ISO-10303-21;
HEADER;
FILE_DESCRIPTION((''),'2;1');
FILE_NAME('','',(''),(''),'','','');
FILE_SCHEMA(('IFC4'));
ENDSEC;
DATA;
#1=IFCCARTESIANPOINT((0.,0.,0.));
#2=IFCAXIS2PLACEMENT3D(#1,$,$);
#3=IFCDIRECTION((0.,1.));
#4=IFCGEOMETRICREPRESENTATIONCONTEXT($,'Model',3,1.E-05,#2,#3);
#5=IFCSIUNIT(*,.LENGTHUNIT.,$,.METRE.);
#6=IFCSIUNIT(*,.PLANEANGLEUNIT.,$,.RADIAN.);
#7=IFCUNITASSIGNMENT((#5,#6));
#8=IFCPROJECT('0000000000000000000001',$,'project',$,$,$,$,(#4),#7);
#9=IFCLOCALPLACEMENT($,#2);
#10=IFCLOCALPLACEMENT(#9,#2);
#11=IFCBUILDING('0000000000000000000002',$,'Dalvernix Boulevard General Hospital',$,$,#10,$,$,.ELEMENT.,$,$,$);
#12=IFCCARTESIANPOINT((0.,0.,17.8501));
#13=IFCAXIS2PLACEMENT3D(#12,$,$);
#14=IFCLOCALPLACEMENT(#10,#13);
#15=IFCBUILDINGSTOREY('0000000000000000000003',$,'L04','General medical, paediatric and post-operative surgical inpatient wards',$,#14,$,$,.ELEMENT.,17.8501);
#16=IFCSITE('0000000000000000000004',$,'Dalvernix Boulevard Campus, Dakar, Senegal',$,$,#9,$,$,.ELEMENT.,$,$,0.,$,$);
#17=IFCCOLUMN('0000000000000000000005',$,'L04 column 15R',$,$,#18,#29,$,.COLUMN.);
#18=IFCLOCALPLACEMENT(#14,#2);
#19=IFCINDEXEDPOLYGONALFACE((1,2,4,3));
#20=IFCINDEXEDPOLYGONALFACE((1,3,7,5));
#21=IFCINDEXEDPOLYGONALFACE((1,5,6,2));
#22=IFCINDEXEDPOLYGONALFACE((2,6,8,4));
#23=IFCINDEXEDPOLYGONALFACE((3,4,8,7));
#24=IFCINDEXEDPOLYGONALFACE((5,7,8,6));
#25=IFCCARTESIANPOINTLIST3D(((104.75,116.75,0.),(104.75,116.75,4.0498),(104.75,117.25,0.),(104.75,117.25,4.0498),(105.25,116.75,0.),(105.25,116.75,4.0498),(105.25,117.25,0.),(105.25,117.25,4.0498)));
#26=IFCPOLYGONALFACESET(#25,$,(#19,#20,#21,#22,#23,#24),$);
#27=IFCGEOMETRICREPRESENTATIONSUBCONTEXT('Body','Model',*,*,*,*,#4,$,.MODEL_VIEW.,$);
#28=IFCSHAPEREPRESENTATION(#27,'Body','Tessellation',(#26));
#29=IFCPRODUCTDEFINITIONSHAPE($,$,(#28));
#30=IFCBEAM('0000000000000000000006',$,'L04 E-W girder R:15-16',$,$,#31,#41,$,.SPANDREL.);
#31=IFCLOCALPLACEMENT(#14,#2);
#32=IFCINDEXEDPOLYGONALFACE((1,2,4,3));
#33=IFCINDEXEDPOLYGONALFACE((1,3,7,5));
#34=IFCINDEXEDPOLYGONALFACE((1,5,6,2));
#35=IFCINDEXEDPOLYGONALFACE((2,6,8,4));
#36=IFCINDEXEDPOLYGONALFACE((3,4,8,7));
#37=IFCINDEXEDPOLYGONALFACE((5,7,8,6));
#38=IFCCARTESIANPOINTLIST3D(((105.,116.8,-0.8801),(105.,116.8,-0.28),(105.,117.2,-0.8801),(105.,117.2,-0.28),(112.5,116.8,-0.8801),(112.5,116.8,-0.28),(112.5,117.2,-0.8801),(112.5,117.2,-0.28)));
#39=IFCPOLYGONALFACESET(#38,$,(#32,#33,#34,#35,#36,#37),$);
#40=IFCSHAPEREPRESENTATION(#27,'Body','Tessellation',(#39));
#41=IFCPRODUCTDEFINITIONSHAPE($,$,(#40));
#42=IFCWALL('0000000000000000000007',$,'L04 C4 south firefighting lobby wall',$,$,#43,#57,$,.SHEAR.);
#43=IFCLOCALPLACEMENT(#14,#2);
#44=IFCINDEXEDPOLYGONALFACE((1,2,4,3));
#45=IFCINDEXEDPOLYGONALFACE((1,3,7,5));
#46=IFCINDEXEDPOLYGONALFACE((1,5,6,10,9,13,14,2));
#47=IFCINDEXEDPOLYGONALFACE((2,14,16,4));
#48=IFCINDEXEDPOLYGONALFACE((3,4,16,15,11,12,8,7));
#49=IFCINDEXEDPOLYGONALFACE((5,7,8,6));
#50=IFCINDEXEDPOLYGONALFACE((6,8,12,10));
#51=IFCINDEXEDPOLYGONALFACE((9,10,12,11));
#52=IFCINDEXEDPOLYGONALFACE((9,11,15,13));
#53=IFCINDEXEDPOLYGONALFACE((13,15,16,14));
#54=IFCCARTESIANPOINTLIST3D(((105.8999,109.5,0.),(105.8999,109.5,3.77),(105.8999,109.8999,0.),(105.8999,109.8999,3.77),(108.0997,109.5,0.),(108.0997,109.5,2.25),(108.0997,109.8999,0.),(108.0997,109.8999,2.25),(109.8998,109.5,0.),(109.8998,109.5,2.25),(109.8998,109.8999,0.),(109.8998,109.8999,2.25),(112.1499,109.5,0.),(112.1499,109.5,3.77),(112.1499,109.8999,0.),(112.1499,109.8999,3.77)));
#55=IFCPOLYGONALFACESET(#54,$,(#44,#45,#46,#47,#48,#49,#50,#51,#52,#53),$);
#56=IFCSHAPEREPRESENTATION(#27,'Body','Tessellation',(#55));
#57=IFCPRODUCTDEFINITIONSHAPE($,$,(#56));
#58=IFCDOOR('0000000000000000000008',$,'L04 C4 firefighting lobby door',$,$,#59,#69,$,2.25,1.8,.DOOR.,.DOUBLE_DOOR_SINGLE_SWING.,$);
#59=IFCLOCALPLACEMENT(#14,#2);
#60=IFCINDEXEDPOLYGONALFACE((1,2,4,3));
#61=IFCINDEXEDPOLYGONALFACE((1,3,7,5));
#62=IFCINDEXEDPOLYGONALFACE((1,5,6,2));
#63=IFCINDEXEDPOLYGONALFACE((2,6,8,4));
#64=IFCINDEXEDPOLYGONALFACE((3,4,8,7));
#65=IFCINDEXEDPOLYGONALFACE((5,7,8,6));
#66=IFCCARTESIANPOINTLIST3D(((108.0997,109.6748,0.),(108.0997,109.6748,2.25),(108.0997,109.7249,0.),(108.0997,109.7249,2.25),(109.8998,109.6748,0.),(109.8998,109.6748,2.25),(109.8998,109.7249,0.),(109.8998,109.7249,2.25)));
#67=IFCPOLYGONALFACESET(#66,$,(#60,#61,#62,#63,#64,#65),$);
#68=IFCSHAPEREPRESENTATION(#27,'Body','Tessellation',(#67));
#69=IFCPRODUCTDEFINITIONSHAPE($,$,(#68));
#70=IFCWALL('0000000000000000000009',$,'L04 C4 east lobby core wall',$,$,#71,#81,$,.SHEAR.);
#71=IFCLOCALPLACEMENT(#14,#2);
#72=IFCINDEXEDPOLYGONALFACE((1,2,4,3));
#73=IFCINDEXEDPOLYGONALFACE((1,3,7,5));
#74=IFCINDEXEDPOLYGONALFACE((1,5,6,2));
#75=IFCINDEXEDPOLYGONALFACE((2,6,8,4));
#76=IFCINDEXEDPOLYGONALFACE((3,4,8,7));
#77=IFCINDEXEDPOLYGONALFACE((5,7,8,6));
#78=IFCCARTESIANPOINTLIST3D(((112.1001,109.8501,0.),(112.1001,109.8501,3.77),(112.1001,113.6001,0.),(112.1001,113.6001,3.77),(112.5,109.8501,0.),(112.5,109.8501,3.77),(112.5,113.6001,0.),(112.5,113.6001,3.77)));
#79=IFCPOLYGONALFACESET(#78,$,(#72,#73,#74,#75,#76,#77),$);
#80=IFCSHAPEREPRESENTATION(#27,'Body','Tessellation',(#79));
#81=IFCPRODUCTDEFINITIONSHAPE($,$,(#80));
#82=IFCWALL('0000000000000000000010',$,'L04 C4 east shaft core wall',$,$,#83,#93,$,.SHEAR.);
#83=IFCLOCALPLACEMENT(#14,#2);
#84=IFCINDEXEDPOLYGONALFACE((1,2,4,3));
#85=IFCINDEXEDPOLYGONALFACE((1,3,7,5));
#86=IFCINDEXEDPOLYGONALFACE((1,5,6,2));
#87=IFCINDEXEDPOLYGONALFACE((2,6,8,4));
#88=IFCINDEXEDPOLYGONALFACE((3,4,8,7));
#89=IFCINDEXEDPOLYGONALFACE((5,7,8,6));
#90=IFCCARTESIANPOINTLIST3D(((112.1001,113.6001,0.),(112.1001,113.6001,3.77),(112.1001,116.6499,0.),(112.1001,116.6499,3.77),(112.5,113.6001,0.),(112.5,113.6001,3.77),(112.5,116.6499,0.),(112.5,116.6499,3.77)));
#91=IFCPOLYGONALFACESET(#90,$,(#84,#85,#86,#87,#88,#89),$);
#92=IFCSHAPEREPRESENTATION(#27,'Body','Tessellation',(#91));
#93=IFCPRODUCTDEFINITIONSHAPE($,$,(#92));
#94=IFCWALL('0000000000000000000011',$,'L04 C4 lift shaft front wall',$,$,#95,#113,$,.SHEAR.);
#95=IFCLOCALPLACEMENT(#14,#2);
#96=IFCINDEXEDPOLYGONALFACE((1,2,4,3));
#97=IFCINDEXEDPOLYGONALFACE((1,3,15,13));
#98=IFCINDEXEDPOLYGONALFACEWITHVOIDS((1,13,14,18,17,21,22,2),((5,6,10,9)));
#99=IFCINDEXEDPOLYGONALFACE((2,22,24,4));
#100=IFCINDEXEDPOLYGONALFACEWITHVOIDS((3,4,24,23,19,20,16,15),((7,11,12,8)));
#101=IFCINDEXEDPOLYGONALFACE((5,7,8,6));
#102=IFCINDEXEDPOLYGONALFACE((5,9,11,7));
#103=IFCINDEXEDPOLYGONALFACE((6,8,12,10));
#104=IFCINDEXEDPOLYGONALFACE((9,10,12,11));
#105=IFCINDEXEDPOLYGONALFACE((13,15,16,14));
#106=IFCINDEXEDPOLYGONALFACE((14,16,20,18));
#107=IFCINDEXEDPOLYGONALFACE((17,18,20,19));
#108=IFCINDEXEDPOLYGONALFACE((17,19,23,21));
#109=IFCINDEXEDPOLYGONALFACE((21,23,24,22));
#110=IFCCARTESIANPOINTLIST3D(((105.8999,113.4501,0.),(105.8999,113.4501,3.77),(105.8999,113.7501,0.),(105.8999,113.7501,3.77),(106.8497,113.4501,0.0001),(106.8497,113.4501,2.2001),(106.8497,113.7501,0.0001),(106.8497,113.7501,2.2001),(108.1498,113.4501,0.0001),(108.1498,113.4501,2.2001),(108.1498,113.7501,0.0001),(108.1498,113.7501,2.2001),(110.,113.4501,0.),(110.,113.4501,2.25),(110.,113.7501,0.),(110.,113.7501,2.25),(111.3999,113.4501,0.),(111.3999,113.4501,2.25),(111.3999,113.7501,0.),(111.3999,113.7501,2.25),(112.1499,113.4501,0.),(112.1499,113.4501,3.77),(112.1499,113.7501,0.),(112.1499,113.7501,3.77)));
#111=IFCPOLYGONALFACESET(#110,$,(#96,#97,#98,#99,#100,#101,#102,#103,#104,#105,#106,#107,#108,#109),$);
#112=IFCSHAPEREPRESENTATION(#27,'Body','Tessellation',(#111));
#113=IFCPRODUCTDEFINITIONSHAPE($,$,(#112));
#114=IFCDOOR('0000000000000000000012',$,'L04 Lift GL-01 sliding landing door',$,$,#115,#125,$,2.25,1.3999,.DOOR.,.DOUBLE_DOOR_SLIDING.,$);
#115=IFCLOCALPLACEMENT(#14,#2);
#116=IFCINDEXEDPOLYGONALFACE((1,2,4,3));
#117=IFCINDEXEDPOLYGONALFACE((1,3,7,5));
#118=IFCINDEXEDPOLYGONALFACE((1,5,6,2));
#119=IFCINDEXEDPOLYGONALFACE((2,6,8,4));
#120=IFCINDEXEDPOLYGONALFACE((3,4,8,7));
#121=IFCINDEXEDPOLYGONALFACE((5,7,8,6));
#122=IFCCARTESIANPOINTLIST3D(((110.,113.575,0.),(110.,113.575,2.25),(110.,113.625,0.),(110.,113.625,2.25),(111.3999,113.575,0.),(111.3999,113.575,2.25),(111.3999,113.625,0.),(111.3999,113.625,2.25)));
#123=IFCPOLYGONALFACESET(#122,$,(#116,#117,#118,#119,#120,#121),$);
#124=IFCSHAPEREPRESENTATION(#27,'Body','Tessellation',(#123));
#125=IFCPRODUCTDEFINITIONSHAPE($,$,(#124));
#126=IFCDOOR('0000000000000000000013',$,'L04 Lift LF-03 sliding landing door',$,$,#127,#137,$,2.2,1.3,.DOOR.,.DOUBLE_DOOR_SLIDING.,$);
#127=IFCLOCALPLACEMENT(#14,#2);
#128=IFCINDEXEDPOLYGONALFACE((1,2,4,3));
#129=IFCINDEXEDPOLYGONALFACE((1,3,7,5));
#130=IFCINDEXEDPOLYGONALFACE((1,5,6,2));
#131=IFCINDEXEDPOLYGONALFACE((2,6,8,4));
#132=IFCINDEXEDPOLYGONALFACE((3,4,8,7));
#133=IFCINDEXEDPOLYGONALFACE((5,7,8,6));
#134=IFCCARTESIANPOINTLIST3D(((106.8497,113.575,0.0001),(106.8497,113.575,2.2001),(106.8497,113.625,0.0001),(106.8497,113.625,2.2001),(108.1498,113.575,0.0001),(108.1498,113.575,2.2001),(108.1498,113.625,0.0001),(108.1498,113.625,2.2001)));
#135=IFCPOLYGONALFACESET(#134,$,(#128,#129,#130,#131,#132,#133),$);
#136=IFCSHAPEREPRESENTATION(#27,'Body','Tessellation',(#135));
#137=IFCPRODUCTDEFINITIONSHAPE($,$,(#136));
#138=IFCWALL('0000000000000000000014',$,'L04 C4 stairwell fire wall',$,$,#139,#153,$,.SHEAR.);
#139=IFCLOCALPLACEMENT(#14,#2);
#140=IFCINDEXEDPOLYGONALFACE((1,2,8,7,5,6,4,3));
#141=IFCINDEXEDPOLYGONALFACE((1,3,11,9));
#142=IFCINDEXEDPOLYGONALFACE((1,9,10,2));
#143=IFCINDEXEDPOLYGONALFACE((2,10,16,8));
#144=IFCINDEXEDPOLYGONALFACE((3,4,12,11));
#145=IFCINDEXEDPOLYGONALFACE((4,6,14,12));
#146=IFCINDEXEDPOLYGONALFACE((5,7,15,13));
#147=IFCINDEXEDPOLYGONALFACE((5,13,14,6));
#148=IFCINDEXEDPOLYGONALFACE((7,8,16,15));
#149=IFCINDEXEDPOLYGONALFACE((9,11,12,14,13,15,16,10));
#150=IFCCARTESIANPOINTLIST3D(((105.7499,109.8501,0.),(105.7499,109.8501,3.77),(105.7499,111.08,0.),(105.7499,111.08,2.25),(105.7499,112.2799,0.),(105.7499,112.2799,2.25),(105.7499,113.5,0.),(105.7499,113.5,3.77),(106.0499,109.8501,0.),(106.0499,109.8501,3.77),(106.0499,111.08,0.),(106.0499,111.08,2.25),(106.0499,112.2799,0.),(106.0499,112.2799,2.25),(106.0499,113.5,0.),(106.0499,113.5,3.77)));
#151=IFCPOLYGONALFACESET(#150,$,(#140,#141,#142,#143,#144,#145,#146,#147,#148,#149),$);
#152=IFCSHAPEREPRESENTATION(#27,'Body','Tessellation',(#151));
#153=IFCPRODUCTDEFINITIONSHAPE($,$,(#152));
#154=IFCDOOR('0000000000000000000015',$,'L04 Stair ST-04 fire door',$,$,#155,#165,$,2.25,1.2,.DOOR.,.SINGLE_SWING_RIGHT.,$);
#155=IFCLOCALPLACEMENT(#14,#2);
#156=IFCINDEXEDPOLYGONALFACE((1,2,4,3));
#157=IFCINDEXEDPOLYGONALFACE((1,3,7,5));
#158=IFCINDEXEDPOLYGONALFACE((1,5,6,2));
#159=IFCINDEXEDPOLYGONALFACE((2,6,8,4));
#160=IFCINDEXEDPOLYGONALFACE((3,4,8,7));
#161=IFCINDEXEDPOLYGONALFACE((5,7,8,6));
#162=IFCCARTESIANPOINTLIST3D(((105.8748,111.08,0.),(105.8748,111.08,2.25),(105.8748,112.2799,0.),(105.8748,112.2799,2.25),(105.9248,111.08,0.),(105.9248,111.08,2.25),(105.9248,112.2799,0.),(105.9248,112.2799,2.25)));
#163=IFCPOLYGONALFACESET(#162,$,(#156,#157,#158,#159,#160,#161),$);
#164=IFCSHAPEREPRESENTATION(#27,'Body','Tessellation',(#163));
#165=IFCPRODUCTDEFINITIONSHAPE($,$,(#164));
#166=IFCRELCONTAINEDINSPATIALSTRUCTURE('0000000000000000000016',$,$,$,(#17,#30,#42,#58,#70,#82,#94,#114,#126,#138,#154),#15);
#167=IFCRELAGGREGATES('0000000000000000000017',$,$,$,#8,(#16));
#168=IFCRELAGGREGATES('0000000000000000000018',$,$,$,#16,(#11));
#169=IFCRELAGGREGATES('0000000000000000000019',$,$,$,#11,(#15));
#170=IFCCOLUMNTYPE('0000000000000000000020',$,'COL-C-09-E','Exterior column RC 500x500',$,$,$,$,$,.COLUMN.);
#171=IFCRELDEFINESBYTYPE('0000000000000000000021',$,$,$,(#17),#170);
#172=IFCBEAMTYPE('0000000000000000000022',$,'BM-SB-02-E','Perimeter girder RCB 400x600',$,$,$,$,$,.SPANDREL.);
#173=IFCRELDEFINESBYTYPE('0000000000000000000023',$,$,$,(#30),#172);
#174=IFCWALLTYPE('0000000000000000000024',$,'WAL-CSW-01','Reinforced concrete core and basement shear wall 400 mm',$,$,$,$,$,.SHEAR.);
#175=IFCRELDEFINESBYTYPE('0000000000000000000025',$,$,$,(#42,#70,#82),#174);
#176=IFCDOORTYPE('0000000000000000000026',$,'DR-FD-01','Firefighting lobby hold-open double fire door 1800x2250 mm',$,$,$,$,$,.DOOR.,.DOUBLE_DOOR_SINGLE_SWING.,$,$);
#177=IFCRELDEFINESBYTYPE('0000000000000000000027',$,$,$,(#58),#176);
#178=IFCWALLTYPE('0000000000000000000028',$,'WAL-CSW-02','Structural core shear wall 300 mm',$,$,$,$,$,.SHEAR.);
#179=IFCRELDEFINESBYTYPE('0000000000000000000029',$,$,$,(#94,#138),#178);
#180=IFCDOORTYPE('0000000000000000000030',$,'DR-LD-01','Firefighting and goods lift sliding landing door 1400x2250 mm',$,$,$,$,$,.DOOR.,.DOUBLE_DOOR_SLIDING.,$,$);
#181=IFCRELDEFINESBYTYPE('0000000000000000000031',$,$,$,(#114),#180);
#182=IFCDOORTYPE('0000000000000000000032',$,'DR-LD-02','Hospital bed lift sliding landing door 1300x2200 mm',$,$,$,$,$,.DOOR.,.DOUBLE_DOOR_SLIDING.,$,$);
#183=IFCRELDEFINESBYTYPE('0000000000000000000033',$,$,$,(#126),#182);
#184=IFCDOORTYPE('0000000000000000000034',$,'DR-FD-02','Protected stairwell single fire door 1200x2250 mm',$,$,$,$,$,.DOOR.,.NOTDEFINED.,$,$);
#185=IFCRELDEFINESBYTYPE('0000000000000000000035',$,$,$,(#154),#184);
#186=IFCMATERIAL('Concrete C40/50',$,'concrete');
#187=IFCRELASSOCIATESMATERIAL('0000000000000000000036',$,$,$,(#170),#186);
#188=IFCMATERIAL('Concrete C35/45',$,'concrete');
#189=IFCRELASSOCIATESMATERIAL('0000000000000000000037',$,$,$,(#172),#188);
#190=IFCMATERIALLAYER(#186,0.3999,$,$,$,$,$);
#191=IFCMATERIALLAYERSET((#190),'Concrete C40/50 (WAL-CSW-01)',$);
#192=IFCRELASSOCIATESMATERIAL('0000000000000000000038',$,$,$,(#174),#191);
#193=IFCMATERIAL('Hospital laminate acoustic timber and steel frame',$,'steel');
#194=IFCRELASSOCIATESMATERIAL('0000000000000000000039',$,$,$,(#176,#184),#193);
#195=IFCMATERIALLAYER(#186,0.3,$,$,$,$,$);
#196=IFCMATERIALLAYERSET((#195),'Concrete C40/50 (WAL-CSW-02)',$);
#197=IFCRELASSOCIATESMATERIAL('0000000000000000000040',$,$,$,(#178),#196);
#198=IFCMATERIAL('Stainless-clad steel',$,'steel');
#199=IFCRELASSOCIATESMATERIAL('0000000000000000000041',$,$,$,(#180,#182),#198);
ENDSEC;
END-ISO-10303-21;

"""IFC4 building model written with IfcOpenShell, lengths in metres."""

from ifc_helpers import new_model, si_unit, direction, frame, frame_2d, origin, origin_2d, place, context, subcontext, project, spatial, rectangle, extrude, material, layer, layer_set, material_profile, profile_set, type_object, element, fill, save


model = new_model("IFC4")

# Units and contexts
model_context = context("Model", 3, precision=1e-05, world=origin(), true_north=direction((0.0, 1.0)))
body_context = subcontext(model_context, "Body", "Model", "MODEL_VIEW")
ifc_project = project(units=[si_unit("LENGTHUNIT", "METRE"), si_unit("PLANEANGLEUNIT", "RADIAN")], contexts=[model_context])

# Site, building, storey
site_placement = place(None, origin())
site = spatial("IfcSite", under=ifc_project, at=site_placement, Name="Dalvernix Boulevard Campus, Dakar, Senegal", CompositionType="ELEMENT", RefElevation=0.0)
building_placement = place(site_placement, origin())
building = spatial("IfcBuilding", under=site, at=building_placement, Name="Dalvernix Boulevard General Hospital", CompositionType="ELEMENT")
storey_placement = place(building_placement, frame((0.0, 0.0, 17.8501)))
storey = spatial("IfcBuildingStorey", under=building, at=storey_placement, Name="L04", Description="General medical, paediatric and post-operative surgical inpatient wards", CompositionType="ELEMENT", Elevation=17.8501)

# Column
ifc_material_1 = material(Name="Concrete C40/50", Category="concrete")
ifc_material_profile_1 = material_profile(ifc_material_1, rectangle(XDim=0.5, YDim=0.5, at=origin_2d()), Name="RC 500x500")
ifc_profile_set_1 = profile_set([ifc_material_profile_1], Name="Concrete C40/50")
column_type = type_object("IfcColumnType", Name="COL-C-09-E", Description="Exterior column RC 500x500", PredefinedType="COLUMN", material=ifc_profile_set_1)
column_placement = place(storey_placement, frame((105.0, 117.0, 0.0), z_axis=(0.0, 0.0, 1.0), x_axis=(1.0, 0.0, 0.0)))
element("IfcColumn", 1, at=column_placement, inside=storey, type_object=column_type, Name="L04 column 15R", PredefinedType="COLUMN", context=body_context, shape_type="SweptSolid", body=[
    extrude(rectangle(XDim=0.5, YDim=0.5, at=origin_2d()), origin(), (0.0, 0.0, 1.0), 4.0498),
])

# Beam
ifc_material_2 = material(Name="Concrete C35/45", Category="concrete")
ifc_material_profile_2 = material_profile(ifc_material_2, rectangle(XDim=0.3999, YDim=0.6001, at=origin_2d()), Name="RCB 400x600")
ifc_profile_set_2 = profile_set([ifc_material_profile_2], Name="Concrete C35/45")
beam_type = type_object("IfcBeamType", Name="BM-SB-02-E", Description="Perimeter girder RCB 400x600", PredefinedType="SPANDREL", material=ifc_profile_set_2)
beam_placement = place(storey_placement, frame((105.0, 117.0, -0.5801), z_axis=(1.0, 0.0, 0.0), x_axis=(0.0, 1.0, 0.0)))
element("IfcBeam", 2, at=beam_placement, inside=storey, type_object=beam_type, Name="L04 E-W girder R:15-16", PredefinedType="SPANDREL", context=body_context, shape_type="SweptSolid", body=[
    extrude(rectangle(XDim=0.3999, YDim=0.6001, at=origin_2d()), origin(), (0.0, 0.0, 1.0), 7.5),
])

# Wall, opening, door
ifc_layer_1 = layer(ifc_material_1, 0.3999)
ifc_layer_set_1 = layer_set([ifc_layer_1], Name="Concrete C40/50 (WAL-CSW-01)")
wall_type_1 = type_object("IfcWallType", Name="WAL-CSW-01", Description="Reinforced concrete core and basement shear wall 400 mm", PredefinedType="SHEAR", material=ifc_layer_set_1)
wall_1_placement = place(storey_placement, frame((105.8999, 109.7, 0.0), z_axis=(0.0, 0.0, 1.0), x_axis=(1.0, 0.0, 0.0)))
wall_1 = element("IfcWall", 3, at=wall_1_placement, inside=storey, type_object=wall_type_1, Name="L04 C4 south firefighting lobby wall", PredefinedType="SHEAR", context=body_context, shape_type="SweptSolid", body=[
    extrude(rectangle(XDim=6.25, YDim=0.3999, at=frame_2d((3.125, 0.0))), origin(), (0.0, 0.0, 1.0), 3.77),
])
opening_1_placement = place(wall_1_placement, frame((2.2, 0.0, 0.0)))
opening_1 = element("IfcOpeningElement", 4, at=opening_1_placement, cuts=wall_1, PredefinedType="OPENING", context=body_context, shape_type="SweptSolid", body=[
    extrude(rectangle(XDim=1.8, YDim=2.25, at=frame_2d((0.8999, 1.125))), frame((0.0, 0.21, 0.0), z_axis=(0.0, -1.0, 0.0), x_axis=(1.0, 0.0, 0.0)), (0.0, 0.0, 1.0), 0.4199),
])
ifc_material_3 = material(Name="Hospital laminate acoustic timber and steel frame", Category="steel")
door_type_1 = type_object("IfcDoorType", Name="DR-FD-01", Description="Firefighting lobby hold-open double fire door 1800x2250 mm", OperationType="DOUBLE_DOOR_SINGLE_SWING", PredefinedType="DOOR", material=ifc_material_3)
door_1_placement = place(opening_1_placement, origin())
door_1 = element("IfcDoor", 5, at=door_1_placement, inside=storey, type_object=door_type_1, Name="L04 C4 firefighting lobby door", OperationType="DOUBLE_DOOR_SINGLE_SWING", OverallHeight=2.25, OverallWidth=1.8, PredefinedType="DOOR", context=body_context, shape_type="SweptSolid", body=[
    extrude(rectangle(XDim=1.8, YDim=2.25, at=frame_2d((0.8999, 1.125))), frame((0.0, 0.0249, 0.0), z_axis=(0.0, -1.0, 0.0), x_axis=(1.0, 0.0, 0.0)), (0.0, 0.0, 1.0), 0.05),
])
fill(opening_1, door_1)

# Walls
wall_2_placement = place(storey_placement, frame((112.3, 109.8501, 0.0), z_axis=(0.0, 0.0, 1.0), x_axis=(0.0, 1.0, 0.0)))
element("IfcWall", 6, at=wall_2_placement, inside=storey, type_object=wall_type_1, Name="L04 C4 east lobby core wall", PredefinedType="SHEAR", context=body_context, shape_type="SweptSolid", body=[
    extrude(rectangle(XDim=3.75, YDim=0.3999, at=frame_2d((1.875, 0.0))), origin(), (0.0, 0.0, 1.0), 3.77),
])
wall_3_placement = place(storey_placement, frame((112.3, 113.6001, 0.0), z_axis=(0.0, 0.0, 1.0), x_axis=(0.0, 1.0, 0.0)))
element("IfcWall", 7, at=wall_3_placement, inside=storey, type_object=wall_type_1, Name="L04 C4 east shaft core wall", PredefinedType="SHEAR", context=body_context, shape_type="SweptSolid", body=[
    extrude(rectangle(XDim=3.0498, YDim=0.3999, at=frame_2d((1.5249, 0.0))), origin(), (0.0, 0.0, 1.0), 3.77),
])

# Wall, openings, doors
ifc_layer_2 = layer(ifc_material_1, 0.3)
ifc_layer_set_2 = layer_set([ifc_layer_2], Name="Concrete C40/50 (WAL-CSW-02)")
wall_type_2 = type_object("IfcWallType", Name="WAL-CSW-02", Description="Structural core shear wall 300 mm", PredefinedType="SHEAR", material=ifc_layer_set_2)
wall_4_placement = place(storey_placement, frame((105.8999, 113.6001, 0.0), z_axis=(0.0, 0.0, 1.0), x_axis=(1.0, 0.0, 0.0)))
wall_4 = element("IfcWall", 8, at=wall_4_placement, inside=storey, type_object=wall_type_2, Name="L04 C4 lift shaft front wall", PredefinedType="SHEAR", context=body_context, shape_type="SweptSolid", body=[
    extrude(rectangle(XDim=6.25, YDim=0.3, at=frame_2d((3.125, 0.0))), origin(), (0.0, 0.0, 1.0), 3.77),
])
opening_2_placement = place(wall_4_placement, frame((0.95, 0.0, 0.0)))
opening_2 = element("IfcOpeningElement", 9, at=opening_2_placement, cuts=wall_4, PredefinedType="OPENING", context=body_context, shape_type="SweptSolid", body=[
    extrude(rectangle(XDim=1.3, YDim=2.2, at=frame_2d((0.6499, 1.1001))), frame((0.0, 0.1599, 0.0), z_axis=(0.0, -1.0, 0.0), x_axis=(1.0, 0.0, 0.0)), (0.0, 0.0, 1.0), 0.3201),
])
opening_3_placement = place(wall_4_placement, frame((4.1001, 0.0, 0.0)))
opening_3 = element("IfcOpeningElement", 10, at=opening_3_placement, cuts=wall_4, PredefinedType="OPENING", context=body_context, shape_type="SweptSolid", body=[
    extrude(rectangle(XDim=1.3999, YDim=2.25, at=frame_2d((0.7, 1.125))), frame((0.0, 0.1599, 0.0), z_axis=(0.0, -1.0, 0.0), x_axis=(1.0, 0.0, 0.0)), (0.0, 0.0, 1.0), 0.3201),
])
ifc_material_4 = material(Name="Stainless-clad steel", Category="steel")
door_type_2 = type_object("IfcDoorType", Name="DR-LD-01", Description="Firefighting and goods lift sliding landing door 1400x2250 mm", OperationType="DOUBLE_DOOR_SLIDING", PredefinedType="DOOR", material=ifc_material_4)
door_2_placement = place(opening_3_placement, origin())
door_2 = element("IfcDoor", 11, at=door_2_placement, inside=storey, type_object=door_type_2, Name="L04 Lift GL-01 sliding landing door", OperationType="DOUBLE_DOOR_SLIDING", OverallHeight=2.25, OverallWidth=1.3999, PredefinedType="DOOR", context=body_context, shape_type="SweptSolid", body=[
    extrude(rectangle(XDim=1.3999, YDim=2.25, at=frame_2d((0.7, 1.125))), frame((0.0, 0.0249, 0.0), z_axis=(0.0, -1.0, 0.0), x_axis=(1.0, 0.0, 0.0)), (0.0, 0.0, 1.0), 0.05),
])
fill(opening_3, door_2)
door_type_3 = type_object("IfcDoorType", Name="DR-LD-02", Description="Hospital bed lift sliding landing door 1300x2200 mm", OperationType="DOUBLE_DOOR_SLIDING", PredefinedType="DOOR", material=ifc_material_4)
door_3_placement = place(opening_2_placement, origin())
door_3 = element("IfcDoor", 12, at=door_3_placement, inside=storey, type_object=door_type_3, Name="L04 Lift LF-03 sliding landing door", OperationType="DOUBLE_DOOR_SLIDING", OverallHeight=2.2, OverallWidth=1.3, PredefinedType="DOOR", context=body_context, shape_type="SweptSolid", body=[
    extrude(rectangle(XDim=1.3, YDim=2.2, at=frame_2d((0.6499, 1.1001))), frame((0.0, 0.0249, 0.0), z_axis=(0.0, -1.0, 0.0), x_axis=(1.0, 0.0, 0.0)), (0.0, 0.0, 1.0), 0.05),
])
fill(opening_2, door_3)

# Wall, opening, door
wall_5_placement = place(storey_placement, frame((105.8999, 113.5, 0.0), z_axis=(0.0, 0.0, 1.0), x_axis=(0.0, -1.0, 0.0)))
wall_5 = element("IfcWall", 13, at=wall_5_placement, inside=storey, type_object=wall_type_2, Name="L04 C4 stairwell fire wall", PredefinedType="SHEAR", context=body_context, shape_type="SweptSolid", body=[
    extrude(rectangle(XDim=3.6499, YDim=0.3, at=frame_2d((1.825, 0.0))), origin(), (0.0, 0.0, 1.0), 3.77),
])
opening_4_placement = place(wall_5_placement, frame((1.22, 0.0, 0.0)))
opening_4 = element("IfcOpeningElement", 14, at=opening_4_placement, cuts=wall_5, PredefinedType="OPENING", context=body_context, shape_type="SweptSolid", body=[
    extrude(rectangle(XDim=1.2, YDim=2.25, at=frame_2d((0.6001, 1.125))), frame((0.0, 0.1599, 0.0), z_axis=(0.0, -1.0, 0.0), x_axis=(1.0, 0.0, 0.0)), (0.0, 0.0, 1.0), 0.3201),
])
door_type_4 = type_object("IfcDoorType", Name="DR-FD-02", Description="Protected stairwell single fire door 1200x2250 mm", OperationType="NOTDEFINED", PredefinedType="DOOR", material=ifc_material_3)
door_4_placement = place(opening_4_placement, origin())
door_4 = element("IfcDoor", 15, at=door_4_placement, inside=storey, type_object=door_type_4, Name="L04 Stair ST-04 fire door", OperationType="SINGLE_SWING_RIGHT", OverallHeight=2.25, OverallWidth=1.2, PredefinedType="DOOR", context=body_context, shape_type="SweptSolid", body=[
    extrude(rectangle(XDim=1.2, YDim=2.25, at=frame_2d((0.6001, 1.125))), frame((0.0, 0.0249, 0.0), z_axis=(0.0, -1.0, 0.0), x_axis=(1.0, 0.0, 0.0)), (0.0, 0.0, 1.0), 0.05),
])
fill(opening_4, door_4)

save(model, "model.ifc")
